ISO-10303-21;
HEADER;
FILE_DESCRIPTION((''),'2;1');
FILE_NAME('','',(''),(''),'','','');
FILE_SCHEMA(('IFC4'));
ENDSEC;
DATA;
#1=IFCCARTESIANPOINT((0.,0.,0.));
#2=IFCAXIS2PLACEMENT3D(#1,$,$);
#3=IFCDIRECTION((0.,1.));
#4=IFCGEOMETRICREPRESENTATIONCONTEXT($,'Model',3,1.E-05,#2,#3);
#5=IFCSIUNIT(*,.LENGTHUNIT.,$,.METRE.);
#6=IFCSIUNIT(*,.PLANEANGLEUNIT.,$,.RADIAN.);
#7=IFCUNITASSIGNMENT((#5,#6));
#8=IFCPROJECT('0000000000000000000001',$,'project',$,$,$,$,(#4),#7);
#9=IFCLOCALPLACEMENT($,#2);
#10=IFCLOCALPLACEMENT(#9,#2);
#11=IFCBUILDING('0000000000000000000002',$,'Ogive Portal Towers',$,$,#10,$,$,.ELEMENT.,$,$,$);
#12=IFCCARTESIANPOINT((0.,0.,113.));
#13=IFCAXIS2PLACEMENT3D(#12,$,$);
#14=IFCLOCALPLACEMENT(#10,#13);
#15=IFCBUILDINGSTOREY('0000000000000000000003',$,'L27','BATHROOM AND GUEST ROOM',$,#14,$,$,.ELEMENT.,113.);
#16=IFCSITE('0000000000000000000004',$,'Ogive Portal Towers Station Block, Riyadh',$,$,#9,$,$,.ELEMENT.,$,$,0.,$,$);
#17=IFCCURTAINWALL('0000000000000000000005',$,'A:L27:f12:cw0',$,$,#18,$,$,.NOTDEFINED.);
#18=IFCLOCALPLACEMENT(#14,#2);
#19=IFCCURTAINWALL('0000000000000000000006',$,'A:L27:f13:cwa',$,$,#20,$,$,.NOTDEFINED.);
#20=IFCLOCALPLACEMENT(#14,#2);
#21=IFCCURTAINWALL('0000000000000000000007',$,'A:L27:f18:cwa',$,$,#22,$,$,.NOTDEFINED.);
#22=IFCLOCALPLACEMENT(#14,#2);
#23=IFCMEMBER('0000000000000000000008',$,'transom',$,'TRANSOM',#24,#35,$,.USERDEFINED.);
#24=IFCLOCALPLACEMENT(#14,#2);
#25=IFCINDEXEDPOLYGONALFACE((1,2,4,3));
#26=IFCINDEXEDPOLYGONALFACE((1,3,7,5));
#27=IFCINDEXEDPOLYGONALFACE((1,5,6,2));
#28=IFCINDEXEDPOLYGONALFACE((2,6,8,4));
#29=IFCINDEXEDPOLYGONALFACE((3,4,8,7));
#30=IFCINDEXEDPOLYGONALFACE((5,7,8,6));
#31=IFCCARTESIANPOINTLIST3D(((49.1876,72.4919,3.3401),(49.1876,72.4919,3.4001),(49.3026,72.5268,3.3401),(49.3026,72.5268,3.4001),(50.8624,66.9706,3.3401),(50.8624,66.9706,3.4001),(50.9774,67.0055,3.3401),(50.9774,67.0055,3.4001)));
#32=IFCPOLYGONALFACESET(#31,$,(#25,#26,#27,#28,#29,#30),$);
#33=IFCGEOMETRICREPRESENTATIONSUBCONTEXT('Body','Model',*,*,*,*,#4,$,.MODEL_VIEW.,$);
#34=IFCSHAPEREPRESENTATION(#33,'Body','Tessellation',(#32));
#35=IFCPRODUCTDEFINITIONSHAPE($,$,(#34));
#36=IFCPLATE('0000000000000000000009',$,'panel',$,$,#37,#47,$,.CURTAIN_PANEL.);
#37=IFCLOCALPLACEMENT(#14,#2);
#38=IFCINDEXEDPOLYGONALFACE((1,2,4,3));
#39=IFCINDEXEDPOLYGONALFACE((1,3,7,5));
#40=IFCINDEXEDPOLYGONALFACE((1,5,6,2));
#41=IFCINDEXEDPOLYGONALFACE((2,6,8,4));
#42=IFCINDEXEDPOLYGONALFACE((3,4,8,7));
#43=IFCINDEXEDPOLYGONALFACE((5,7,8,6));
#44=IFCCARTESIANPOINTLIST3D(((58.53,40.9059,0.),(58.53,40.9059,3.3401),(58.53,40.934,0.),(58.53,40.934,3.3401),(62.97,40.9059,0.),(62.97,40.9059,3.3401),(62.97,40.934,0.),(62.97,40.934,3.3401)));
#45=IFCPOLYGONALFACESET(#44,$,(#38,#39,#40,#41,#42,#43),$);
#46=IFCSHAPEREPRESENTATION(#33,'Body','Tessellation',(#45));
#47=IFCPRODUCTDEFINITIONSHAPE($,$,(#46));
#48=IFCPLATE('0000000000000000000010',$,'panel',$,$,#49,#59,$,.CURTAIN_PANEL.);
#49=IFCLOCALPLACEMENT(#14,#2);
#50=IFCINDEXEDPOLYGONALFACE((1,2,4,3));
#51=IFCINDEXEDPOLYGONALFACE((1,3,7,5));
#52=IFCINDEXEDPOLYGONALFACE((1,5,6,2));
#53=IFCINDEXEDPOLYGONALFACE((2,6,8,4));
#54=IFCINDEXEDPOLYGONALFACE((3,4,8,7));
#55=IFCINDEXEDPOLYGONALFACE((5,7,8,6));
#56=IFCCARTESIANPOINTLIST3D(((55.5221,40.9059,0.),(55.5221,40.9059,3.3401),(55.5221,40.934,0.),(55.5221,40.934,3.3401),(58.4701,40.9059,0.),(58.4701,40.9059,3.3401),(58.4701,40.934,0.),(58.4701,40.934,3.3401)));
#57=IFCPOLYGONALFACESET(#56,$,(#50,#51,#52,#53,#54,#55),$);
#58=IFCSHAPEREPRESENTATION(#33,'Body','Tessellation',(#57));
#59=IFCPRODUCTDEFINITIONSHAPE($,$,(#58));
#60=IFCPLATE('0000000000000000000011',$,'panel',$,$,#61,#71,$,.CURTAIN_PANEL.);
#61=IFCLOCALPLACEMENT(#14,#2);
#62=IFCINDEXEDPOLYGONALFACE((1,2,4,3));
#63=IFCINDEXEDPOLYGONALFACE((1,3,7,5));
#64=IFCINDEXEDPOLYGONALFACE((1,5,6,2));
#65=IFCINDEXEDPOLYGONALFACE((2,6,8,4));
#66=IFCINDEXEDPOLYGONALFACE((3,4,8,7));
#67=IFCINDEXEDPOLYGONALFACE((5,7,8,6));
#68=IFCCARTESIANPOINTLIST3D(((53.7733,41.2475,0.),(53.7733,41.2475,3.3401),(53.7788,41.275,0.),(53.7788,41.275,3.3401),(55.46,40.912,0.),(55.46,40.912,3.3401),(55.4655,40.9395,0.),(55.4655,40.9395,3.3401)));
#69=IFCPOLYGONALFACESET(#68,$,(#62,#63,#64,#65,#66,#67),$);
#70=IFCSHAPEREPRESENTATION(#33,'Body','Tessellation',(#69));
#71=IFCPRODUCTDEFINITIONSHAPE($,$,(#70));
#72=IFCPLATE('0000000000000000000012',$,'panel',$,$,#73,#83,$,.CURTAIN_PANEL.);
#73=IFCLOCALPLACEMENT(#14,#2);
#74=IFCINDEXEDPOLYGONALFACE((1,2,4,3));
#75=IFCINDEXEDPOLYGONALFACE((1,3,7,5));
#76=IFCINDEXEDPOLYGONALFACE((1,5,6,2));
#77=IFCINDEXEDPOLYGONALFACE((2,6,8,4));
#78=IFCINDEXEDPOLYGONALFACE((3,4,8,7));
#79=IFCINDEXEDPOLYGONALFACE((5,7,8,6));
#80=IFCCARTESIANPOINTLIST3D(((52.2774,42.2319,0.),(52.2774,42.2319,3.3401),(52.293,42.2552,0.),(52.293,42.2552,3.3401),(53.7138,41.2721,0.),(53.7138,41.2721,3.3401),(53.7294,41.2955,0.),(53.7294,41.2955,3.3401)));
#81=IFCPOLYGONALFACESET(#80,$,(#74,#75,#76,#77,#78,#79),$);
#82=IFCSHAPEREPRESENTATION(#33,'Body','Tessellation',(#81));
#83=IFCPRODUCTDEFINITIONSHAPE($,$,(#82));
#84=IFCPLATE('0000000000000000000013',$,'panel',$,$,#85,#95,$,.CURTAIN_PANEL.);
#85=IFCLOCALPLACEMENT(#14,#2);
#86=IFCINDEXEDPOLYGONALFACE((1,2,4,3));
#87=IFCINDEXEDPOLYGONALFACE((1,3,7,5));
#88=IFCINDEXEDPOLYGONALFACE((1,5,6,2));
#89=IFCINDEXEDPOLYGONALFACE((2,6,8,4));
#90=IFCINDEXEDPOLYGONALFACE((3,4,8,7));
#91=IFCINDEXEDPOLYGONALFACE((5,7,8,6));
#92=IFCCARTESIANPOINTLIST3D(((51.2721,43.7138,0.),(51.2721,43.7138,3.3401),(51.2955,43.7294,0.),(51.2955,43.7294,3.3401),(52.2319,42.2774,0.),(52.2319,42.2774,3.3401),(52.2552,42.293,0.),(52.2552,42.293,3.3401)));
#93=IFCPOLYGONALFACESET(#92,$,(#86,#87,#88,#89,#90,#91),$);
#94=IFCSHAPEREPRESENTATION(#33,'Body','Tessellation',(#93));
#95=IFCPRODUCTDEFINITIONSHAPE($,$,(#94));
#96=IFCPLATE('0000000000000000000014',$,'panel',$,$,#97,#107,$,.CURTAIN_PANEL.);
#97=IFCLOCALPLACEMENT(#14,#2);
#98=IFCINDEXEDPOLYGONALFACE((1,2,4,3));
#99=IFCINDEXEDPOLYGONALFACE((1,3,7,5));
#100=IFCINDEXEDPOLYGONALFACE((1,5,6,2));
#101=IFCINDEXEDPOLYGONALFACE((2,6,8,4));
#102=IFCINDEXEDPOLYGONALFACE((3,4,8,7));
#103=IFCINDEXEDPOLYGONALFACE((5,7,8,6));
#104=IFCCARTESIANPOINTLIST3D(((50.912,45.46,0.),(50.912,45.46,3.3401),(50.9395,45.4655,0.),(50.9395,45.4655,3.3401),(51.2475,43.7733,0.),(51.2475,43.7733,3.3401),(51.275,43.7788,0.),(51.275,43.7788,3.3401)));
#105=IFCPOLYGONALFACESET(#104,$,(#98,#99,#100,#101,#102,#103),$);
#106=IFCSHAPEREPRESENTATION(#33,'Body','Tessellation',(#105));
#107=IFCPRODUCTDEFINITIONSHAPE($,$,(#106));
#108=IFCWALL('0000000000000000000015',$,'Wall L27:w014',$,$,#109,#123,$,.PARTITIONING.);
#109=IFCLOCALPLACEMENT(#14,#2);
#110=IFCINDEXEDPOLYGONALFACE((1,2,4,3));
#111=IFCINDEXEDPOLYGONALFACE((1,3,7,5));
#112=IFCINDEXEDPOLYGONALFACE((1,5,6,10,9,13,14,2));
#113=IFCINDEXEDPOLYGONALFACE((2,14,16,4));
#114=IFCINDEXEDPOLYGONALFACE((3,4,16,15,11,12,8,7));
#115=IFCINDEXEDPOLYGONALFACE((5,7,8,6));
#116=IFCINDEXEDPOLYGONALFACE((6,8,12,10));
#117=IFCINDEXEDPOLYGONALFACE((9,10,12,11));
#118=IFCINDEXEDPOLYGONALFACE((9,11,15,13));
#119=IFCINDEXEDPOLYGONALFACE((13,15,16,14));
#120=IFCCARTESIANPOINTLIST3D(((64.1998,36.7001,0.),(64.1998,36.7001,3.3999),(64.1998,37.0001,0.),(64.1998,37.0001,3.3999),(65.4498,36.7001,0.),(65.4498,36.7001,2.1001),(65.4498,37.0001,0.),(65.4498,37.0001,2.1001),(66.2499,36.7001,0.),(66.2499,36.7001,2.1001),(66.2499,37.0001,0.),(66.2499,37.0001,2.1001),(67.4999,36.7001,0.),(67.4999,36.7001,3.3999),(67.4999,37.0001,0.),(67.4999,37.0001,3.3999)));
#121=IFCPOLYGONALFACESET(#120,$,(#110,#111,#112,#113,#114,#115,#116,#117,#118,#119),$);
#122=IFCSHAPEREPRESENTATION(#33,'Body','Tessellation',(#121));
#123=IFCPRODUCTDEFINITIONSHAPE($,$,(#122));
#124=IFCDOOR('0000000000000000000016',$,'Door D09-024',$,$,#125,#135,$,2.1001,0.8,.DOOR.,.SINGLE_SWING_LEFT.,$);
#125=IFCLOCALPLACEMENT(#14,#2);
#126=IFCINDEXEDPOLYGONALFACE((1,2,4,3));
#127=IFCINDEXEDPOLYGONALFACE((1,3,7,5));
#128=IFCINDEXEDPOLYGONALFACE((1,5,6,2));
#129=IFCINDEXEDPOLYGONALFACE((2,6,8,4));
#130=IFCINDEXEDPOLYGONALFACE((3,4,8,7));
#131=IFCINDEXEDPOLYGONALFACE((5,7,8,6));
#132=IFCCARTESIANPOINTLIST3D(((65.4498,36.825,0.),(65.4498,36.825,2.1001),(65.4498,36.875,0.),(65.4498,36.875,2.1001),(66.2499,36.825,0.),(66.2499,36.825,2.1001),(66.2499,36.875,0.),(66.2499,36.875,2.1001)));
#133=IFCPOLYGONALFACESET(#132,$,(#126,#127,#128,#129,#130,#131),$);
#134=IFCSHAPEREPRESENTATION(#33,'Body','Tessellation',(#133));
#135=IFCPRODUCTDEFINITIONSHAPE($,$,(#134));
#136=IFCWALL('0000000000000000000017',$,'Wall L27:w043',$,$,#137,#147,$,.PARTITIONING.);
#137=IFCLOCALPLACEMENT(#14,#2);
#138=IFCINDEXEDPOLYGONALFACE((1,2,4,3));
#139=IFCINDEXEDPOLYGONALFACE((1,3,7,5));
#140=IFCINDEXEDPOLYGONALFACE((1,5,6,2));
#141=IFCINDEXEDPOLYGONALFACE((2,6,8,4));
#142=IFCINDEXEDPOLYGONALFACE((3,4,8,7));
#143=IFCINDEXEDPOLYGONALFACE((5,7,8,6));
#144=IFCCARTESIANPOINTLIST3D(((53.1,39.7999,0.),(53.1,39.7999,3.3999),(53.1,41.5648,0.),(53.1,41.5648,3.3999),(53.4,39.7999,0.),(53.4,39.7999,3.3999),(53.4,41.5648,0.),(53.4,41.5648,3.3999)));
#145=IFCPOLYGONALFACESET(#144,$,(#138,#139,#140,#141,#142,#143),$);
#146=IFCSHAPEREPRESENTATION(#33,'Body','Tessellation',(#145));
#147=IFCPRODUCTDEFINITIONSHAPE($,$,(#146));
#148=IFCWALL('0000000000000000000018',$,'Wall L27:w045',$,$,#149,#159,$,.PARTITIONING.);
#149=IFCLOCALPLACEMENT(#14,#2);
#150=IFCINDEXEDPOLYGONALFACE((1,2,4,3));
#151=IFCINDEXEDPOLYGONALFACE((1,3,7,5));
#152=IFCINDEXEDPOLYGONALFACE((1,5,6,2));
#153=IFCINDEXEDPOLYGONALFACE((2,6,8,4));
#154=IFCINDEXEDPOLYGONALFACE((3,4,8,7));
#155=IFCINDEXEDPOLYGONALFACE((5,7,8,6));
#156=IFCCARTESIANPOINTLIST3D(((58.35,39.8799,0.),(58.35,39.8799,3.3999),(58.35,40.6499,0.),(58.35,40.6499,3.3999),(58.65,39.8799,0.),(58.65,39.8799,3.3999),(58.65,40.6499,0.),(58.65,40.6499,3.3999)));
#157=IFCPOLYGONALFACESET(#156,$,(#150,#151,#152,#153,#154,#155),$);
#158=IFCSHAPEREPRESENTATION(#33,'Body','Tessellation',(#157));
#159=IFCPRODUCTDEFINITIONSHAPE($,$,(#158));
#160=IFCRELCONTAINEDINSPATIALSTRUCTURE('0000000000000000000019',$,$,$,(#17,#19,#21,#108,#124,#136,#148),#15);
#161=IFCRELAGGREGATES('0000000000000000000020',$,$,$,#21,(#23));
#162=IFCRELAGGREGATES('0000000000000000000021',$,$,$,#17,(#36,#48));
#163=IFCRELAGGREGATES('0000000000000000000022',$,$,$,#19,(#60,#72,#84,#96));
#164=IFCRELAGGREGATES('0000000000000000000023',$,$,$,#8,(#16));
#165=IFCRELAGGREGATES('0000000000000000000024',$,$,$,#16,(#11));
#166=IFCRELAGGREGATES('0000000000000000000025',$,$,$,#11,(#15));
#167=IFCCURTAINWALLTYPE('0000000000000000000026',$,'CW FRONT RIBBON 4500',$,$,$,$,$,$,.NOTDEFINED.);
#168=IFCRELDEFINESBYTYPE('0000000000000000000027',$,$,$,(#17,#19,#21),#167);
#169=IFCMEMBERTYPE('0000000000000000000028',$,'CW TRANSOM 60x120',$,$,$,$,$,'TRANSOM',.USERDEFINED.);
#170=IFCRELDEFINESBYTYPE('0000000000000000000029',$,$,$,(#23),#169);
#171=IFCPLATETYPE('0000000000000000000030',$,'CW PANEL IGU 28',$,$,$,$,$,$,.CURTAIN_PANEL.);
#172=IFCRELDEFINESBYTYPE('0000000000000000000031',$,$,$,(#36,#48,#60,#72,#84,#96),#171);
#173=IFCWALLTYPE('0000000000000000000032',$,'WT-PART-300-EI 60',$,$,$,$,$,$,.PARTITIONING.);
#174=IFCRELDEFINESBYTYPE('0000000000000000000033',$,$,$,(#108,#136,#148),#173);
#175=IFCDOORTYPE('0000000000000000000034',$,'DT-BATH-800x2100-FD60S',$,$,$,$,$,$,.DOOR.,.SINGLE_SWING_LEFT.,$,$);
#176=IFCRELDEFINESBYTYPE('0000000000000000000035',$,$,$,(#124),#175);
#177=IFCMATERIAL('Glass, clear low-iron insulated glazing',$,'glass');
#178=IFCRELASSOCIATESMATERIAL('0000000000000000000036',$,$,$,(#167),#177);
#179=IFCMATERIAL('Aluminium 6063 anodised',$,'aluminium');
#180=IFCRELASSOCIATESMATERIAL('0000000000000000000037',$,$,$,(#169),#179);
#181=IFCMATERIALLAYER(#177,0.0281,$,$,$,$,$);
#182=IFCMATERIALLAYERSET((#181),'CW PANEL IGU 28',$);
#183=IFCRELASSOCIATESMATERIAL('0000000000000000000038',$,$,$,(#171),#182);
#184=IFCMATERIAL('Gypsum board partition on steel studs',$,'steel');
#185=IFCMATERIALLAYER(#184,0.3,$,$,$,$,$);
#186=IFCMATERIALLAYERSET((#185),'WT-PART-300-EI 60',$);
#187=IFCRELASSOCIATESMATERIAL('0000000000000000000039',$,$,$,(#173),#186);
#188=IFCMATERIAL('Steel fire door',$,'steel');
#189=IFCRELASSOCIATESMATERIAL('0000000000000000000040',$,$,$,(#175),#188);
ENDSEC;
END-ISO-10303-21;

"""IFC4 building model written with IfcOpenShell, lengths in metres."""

from ifc_helpers import new_model, si_unit, direction, frame, frame_2d, origin, origin_2d, place, context, subcontext, project, spatial, rectangle, extrude, material, layer, layer_set, material_profile, profile_set, type_object, element, fill, aggregate, save


model = new_model("IFC4")

# Units and contexts
model_context = context("Model", 3, precision=1e-05, world=origin(), true_north=direction((0.0, 1.0)))
body_context = subcontext(model_context, "Body", "Model", "MODEL_VIEW")
ifc_project = project(units=[si_unit("LENGTHUNIT", "METRE"), si_unit("PLANEANGLEUNIT", "RADIAN")], contexts=[model_context])

# Site, building, storey
site_placement = place(None, origin())
site = spatial("IfcSite", under=ifc_project, at=site_placement, Name="Ogive Portal Towers Station Block, Riyadh", CompositionType="ELEMENT", RefElevation=0.0)
building_placement = place(site_placement, origin())
building = spatial("IfcBuilding", under=site, at=building_placement, Name="Ogive Portal Towers", CompositionType="ELEMENT")
storey_placement = place(building_placement, frame((0.0, 0.0, 113.0)))
storey = spatial("IfcBuildingStorey", under=building, at=storey_placement, Name="L27", Description="BATHROOM AND GUEST ROOM", CompositionType="ELEMENT", Elevation=113.0)

# Curtain walls
ifc_material_1 = material(Name="Glass, clear low-iron insulated glazing", Category="glass")
curtain_wall_type = type_object("IfcCurtainWallType", Name="CW FRONT RIBBON 4500", PredefinedType="NOTDEFINED", material=ifc_material_1)
curtain_wall_1_placement = place(storey_placement, origin())
curtain_wall_1 = element("IfcCurtainWall", 1, at=curtain_wall_1_placement, inside=storey, type_object=curtain_wall_type, Name="A:L27:f12:cw0", PredefinedType="NOTDEFINED")
ifc_material_2 = material(Name="Aluminium 6063 anodised", Category="aluminium")
curtain_wall_2_placement = place(storey_placement, origin())
curtain_wall_2 = element("IfcCurtainWall", 2, at=curtain_wall_2_placement, inside=storey, type_object=curtain_wall_type, Name="A:L27:f13:cwa", PredefinedType="NOTDEFINED")
ifc_material_profile_1 = material_profile(ifc_material_2, rectangle(XDim=0.1201, YDim=0.0601, at=origin_2d()), Name="AL 120x60")
ifc_profile_set_1 = profile_set([ifc_material_profile_1], Name="Aluminium 6063 anodised")
member_type_1 = type_object("IfcMemberType", Name="CW TRANSOM 60x120", ElementType="TRANSOM", PredefinedType="USERDEFINED", material=ifc_profile_set_1)

# Curtain wall, member
curtain_wall_3_placement = place(storey_placement, origin())
curtain_wall_3 = element("IfcCurtainWall", 3, at=curtain_wall_3_placement, inside=storey, type_object=curtain_wall_type, Name="A:L27:f18:cwa", PredefinedType="NOTDEFINED")
member_1_placement = place(storey_placement, frame((50.9199, 66.988, 3.3701), z_axis=(-0.290277, 0.956943, 0.0), x_axis=(-0.956943, -0.290277, 0.0)))
member_1 = element("IfcMember", 4, at=member_1_placement, type_object=member_type_1, Name="transom", ObjectType="TRANSOM", PredefinedType="USERDEFINED", context=body_context, shape_type="SweptSolid", body=[
    extrude(rectangle(XDim=0.1201, YDim=0.0601, at=origin_2d()), origin(), (0.0, 0.0, 1.0), 5.7698),
])
aggregate(curtain_wall_3, [member_1])

# Plates
ifc_layer_1 = layer(ifc_material_1, 0.0281)
ifc_layer_set_1 = layer_set([ifc_layer_1], Name="CW PANEL IGU 28")
plate_type = type_object("IfcPlateType", Name="CW PANEL IGU 28", PredefinedType="CURTAIN_PANEL", material=ifc_layer_set_1)
plate_1_placement = place(storey_placement, frame((60.75, 40.9199, 0.0), z_axis=(0.0, 0.0, 1.0), x_axis=(-1.0, 0.0, 0.0)))
plate_1 = element("IfcPlate", 5, at=plate_1_placement, type_object=plate_type, Name="panel", PredefinedType="CURTAIN_PANEL", context=body_context, shape_type="SweptSolid", body=[
    extrude(rectangle(XDim=4.4399, YDim=0.0281, at=origin_2d()), origin(), (0.0, 0.0, 1.0), 3.3401),
])
plate_2_placement = place(storey_placement, frame((56.9961, 40.9199, 0.0), z_axis=(0.0, 0.0, 1.0), x_axis=(-1.0, 0.0, 0.0)))
plate_2 = element("IfcPlate", 6, at=plate_2_placement, type_object=plate_type, Name="panel", PredefinedType="CURTAIN_PANEL", context=body_context, shape_type="SweptSolid", body=[
    extrude(rectangle(XDim=2.948, YDim=0.0281, at=origin_2d()), origin(), (0.0, 0.0, 1.0), 3.3401),
])
aggregate(curtain_wall_1, [plate_1, plate_2])
plate_3_placement = place(storey_placement, frame((54.6194, 41.0935, 0.0), z_axis=(0.0, 0.0, 1.0), x_axis=(-0.980785, 0.19509, 0.0)))
plate_3 = element("IfcPlate", 7, at=plate_3_placement, type_object=plate_type, Name="panel", PredefinedType="CURTAIN_PANEL", context=body_context, shape_type="SweptSolid", body=[
    extrude(rectangle(XDim=1.7197, YDim=0.0281, at=origin_2d()), origin(), (0.0, 0.0, 1.0), 3.3401),
])
plate_4_placement = place(storey_placement, frame((53.0034, 41.7637, 0.0), z_axis=(0.0, 0.0, 1.0), x_axis=(-0.83147, 0.55557, 0.0)))
plate_4 = element("IfcPlate", 8, at=plate_4_placement, type_object=plate_type, Name="panel", PredefinedType="CURTAIN_PANEL", context=body_context, shape_type="SweptSolid", body=[
    extrude(rectangle(XDim=1.7275, YDim=0.0281, at=origin_2d()), origin(), (0.0, 0.0, 1.0), 3.3401),
])
plate_5_placement = place(storey_placement, frame((51.7637, 43.0034, 0.0), z_axis=(0.0, 0.0, 1.0), x_axis=(-0.55557, 0.83147, 0.0)))
plate_5 = element("IfcPlate", 9, at=plate_5_placement, type_object=plate_type, Name="panel", PredefinedType="CURTAIN_PANEL", context=body_context, shape_type="SweptSolid", body=[
    extrude(rectangle(XDim=1.7275, YDim=0.0281, at=origin_2d()), origin(), (0.0, 0.0, 1.0), 3.3401),
])
plate_6_placement = place(storey_placement, frame((51.0935, 44.6194, 0.0), z_axis=(0.0, 0.0, 1.0), x_axis=(-0.19509, 0.980785, 0.0)))
plate_6 = element("IfcPlate", 10, at=plate_6_placement, type_object=plate_type, Name="panel", PredefinedType="CURTAIN_PANEL", context=body_context, shape_type="SweptSolid", body=[
    extrude(rectangle(XDim=1.7197, YDim=0.0281, at=origin_2d()), origin(), (0.0, 0.0, 1.0), 3.3401),
])
aggregate(curtain_wall_2, [plate_3, plate_4, plate_5, plate_6])

# Wall, opening, door
ifc_material_3 = material(Name="Gypsum board partition on steel studs", Category="steel")
ifc_layer_2 = layer(ifc_material_3, 0.3)
ifc_layer_set_2 = layer_set([ifc_layer_2], Name="WT-PART-300-EI 60")
wall_type_1 = type_object("IfcWallType", Name="WT-PART-300-EI 60", PredefinedType="PARTITIONING", material=ifc_layer_set_2)
wall_1_placement = place(storey_placement, frame((64.2, 36.8501, 0.0), z_axis=(0.0, 0.0, 1.0), x_axis=(1.0, 0.0, 0.0)))
wall_1 = element("IfcWall", 11, at=wall_1_placement, inside=storey, type_object=wall_type_1, Name="Wall L27:w014", PredefinedType="PARTITIONING", context=body_context, shape_type="SweptSolid", body=[
    extrude(rectangle(XDim=3.3, YDim=0.3, at=frame_2d((1.6499, 0.0))), origin(), (0.0, 0.0, 1.0), 3.3999),
])
opening_1_placement = place(wall_1_placement, frame((1.25, 0.0, 0.0)))
opening_1 = element("IfcOpeningElement", 12, at=opening_1_placement, cuts=wall_1, PredefinedType="OPENING", context=body_context, shape_type="SweptSolid", body=[
    extrude(rectangle(XDim=0.8, YDim=2.1001, at=frame_2d((0.3999, 1.05))), frame((0.0, 0.1602, 0.0), z_axis=(0.0, -1.0, 0.0), x_axis=(1.0, 0.0, 0.0)), (0.0, 0.0, 1.0), 0.3201),
])
ifc_material_4 = material(Name="Steel fire door", Category="steel")
door_type_1 = type_object("IfcDoorType", Name="DT-BATH-800x2100-FD60S", OperationType="SINGLE_SWING_LEFT", PredefinedType="DOOR", material=ifc_material_4)
door_1_placement = place(opening_1_placement, origin())
door_1 = element("IfcDoor", 13, at=door_1_placement, inside=storey, type_object=door_type_1, Name="Door D09-024", OperationType="SINGLE_SWING_LEFT", OverallHeight=2.1001, OverallWidth=0.8, PredefinedType="DOOR", context=body_context, shape_type="SweptSolid", body=[
    extrude(rectangle(XDim=0.8, YDim=2.1001, at=frame_2d((0.3999, 1.05))), frame((0.0, 0.0249, 0.0), z_axis=(0.0, -1.0, 0.0), x_axis=(1.0, 0.0, 0.0)), (0.0, 0.0, 1.0), 0.05),
])
fill(opening_1, door_1)

# Walls
wall_2_placement = place(storey_placement, frame((53.25, 39.8, 0.0), z_axis=(0.0, 0.0, 1.0), x_axis=(0.0, 1.0, 0.0)))
element("IfcWall", 14, at=wall_2_placement, inside=storey, type_object=wall_type_1, Name="Wall L27:w043", PredefinedType="PARTITIONING", context=body_context, shape_type="SweptSolid", body=[
    extrude(rectangle(XDim=1.7649, YDim=0.3, at=frame_2d((0.8823, 0.0))), origin(), (0.0, 0.0, 1.0), 3.3999),
])
wall_3_placement = place(storey_placement, frame((58.5, 39.8799, 0.0), z_axis=(0.0, 0.0, 1.0), x_axis=(0.0, 1.0, 0.0)))
element("IfcWall", 15, at=wall_3_placement, inside=storey, type_object=wall_type_1, Name="Wall L27:w045", PredefinedType="PARTITIONING", context=body_context, shape_type="SweptSolid", body=[
    extrude(rectangle(XDim=0.77, YDim=0.3, at=frame_2d((0.385, 0.0))), origin(), (0.0, 0.0, 1.0), 3.3999),
])

save(model, "model.ifc")
